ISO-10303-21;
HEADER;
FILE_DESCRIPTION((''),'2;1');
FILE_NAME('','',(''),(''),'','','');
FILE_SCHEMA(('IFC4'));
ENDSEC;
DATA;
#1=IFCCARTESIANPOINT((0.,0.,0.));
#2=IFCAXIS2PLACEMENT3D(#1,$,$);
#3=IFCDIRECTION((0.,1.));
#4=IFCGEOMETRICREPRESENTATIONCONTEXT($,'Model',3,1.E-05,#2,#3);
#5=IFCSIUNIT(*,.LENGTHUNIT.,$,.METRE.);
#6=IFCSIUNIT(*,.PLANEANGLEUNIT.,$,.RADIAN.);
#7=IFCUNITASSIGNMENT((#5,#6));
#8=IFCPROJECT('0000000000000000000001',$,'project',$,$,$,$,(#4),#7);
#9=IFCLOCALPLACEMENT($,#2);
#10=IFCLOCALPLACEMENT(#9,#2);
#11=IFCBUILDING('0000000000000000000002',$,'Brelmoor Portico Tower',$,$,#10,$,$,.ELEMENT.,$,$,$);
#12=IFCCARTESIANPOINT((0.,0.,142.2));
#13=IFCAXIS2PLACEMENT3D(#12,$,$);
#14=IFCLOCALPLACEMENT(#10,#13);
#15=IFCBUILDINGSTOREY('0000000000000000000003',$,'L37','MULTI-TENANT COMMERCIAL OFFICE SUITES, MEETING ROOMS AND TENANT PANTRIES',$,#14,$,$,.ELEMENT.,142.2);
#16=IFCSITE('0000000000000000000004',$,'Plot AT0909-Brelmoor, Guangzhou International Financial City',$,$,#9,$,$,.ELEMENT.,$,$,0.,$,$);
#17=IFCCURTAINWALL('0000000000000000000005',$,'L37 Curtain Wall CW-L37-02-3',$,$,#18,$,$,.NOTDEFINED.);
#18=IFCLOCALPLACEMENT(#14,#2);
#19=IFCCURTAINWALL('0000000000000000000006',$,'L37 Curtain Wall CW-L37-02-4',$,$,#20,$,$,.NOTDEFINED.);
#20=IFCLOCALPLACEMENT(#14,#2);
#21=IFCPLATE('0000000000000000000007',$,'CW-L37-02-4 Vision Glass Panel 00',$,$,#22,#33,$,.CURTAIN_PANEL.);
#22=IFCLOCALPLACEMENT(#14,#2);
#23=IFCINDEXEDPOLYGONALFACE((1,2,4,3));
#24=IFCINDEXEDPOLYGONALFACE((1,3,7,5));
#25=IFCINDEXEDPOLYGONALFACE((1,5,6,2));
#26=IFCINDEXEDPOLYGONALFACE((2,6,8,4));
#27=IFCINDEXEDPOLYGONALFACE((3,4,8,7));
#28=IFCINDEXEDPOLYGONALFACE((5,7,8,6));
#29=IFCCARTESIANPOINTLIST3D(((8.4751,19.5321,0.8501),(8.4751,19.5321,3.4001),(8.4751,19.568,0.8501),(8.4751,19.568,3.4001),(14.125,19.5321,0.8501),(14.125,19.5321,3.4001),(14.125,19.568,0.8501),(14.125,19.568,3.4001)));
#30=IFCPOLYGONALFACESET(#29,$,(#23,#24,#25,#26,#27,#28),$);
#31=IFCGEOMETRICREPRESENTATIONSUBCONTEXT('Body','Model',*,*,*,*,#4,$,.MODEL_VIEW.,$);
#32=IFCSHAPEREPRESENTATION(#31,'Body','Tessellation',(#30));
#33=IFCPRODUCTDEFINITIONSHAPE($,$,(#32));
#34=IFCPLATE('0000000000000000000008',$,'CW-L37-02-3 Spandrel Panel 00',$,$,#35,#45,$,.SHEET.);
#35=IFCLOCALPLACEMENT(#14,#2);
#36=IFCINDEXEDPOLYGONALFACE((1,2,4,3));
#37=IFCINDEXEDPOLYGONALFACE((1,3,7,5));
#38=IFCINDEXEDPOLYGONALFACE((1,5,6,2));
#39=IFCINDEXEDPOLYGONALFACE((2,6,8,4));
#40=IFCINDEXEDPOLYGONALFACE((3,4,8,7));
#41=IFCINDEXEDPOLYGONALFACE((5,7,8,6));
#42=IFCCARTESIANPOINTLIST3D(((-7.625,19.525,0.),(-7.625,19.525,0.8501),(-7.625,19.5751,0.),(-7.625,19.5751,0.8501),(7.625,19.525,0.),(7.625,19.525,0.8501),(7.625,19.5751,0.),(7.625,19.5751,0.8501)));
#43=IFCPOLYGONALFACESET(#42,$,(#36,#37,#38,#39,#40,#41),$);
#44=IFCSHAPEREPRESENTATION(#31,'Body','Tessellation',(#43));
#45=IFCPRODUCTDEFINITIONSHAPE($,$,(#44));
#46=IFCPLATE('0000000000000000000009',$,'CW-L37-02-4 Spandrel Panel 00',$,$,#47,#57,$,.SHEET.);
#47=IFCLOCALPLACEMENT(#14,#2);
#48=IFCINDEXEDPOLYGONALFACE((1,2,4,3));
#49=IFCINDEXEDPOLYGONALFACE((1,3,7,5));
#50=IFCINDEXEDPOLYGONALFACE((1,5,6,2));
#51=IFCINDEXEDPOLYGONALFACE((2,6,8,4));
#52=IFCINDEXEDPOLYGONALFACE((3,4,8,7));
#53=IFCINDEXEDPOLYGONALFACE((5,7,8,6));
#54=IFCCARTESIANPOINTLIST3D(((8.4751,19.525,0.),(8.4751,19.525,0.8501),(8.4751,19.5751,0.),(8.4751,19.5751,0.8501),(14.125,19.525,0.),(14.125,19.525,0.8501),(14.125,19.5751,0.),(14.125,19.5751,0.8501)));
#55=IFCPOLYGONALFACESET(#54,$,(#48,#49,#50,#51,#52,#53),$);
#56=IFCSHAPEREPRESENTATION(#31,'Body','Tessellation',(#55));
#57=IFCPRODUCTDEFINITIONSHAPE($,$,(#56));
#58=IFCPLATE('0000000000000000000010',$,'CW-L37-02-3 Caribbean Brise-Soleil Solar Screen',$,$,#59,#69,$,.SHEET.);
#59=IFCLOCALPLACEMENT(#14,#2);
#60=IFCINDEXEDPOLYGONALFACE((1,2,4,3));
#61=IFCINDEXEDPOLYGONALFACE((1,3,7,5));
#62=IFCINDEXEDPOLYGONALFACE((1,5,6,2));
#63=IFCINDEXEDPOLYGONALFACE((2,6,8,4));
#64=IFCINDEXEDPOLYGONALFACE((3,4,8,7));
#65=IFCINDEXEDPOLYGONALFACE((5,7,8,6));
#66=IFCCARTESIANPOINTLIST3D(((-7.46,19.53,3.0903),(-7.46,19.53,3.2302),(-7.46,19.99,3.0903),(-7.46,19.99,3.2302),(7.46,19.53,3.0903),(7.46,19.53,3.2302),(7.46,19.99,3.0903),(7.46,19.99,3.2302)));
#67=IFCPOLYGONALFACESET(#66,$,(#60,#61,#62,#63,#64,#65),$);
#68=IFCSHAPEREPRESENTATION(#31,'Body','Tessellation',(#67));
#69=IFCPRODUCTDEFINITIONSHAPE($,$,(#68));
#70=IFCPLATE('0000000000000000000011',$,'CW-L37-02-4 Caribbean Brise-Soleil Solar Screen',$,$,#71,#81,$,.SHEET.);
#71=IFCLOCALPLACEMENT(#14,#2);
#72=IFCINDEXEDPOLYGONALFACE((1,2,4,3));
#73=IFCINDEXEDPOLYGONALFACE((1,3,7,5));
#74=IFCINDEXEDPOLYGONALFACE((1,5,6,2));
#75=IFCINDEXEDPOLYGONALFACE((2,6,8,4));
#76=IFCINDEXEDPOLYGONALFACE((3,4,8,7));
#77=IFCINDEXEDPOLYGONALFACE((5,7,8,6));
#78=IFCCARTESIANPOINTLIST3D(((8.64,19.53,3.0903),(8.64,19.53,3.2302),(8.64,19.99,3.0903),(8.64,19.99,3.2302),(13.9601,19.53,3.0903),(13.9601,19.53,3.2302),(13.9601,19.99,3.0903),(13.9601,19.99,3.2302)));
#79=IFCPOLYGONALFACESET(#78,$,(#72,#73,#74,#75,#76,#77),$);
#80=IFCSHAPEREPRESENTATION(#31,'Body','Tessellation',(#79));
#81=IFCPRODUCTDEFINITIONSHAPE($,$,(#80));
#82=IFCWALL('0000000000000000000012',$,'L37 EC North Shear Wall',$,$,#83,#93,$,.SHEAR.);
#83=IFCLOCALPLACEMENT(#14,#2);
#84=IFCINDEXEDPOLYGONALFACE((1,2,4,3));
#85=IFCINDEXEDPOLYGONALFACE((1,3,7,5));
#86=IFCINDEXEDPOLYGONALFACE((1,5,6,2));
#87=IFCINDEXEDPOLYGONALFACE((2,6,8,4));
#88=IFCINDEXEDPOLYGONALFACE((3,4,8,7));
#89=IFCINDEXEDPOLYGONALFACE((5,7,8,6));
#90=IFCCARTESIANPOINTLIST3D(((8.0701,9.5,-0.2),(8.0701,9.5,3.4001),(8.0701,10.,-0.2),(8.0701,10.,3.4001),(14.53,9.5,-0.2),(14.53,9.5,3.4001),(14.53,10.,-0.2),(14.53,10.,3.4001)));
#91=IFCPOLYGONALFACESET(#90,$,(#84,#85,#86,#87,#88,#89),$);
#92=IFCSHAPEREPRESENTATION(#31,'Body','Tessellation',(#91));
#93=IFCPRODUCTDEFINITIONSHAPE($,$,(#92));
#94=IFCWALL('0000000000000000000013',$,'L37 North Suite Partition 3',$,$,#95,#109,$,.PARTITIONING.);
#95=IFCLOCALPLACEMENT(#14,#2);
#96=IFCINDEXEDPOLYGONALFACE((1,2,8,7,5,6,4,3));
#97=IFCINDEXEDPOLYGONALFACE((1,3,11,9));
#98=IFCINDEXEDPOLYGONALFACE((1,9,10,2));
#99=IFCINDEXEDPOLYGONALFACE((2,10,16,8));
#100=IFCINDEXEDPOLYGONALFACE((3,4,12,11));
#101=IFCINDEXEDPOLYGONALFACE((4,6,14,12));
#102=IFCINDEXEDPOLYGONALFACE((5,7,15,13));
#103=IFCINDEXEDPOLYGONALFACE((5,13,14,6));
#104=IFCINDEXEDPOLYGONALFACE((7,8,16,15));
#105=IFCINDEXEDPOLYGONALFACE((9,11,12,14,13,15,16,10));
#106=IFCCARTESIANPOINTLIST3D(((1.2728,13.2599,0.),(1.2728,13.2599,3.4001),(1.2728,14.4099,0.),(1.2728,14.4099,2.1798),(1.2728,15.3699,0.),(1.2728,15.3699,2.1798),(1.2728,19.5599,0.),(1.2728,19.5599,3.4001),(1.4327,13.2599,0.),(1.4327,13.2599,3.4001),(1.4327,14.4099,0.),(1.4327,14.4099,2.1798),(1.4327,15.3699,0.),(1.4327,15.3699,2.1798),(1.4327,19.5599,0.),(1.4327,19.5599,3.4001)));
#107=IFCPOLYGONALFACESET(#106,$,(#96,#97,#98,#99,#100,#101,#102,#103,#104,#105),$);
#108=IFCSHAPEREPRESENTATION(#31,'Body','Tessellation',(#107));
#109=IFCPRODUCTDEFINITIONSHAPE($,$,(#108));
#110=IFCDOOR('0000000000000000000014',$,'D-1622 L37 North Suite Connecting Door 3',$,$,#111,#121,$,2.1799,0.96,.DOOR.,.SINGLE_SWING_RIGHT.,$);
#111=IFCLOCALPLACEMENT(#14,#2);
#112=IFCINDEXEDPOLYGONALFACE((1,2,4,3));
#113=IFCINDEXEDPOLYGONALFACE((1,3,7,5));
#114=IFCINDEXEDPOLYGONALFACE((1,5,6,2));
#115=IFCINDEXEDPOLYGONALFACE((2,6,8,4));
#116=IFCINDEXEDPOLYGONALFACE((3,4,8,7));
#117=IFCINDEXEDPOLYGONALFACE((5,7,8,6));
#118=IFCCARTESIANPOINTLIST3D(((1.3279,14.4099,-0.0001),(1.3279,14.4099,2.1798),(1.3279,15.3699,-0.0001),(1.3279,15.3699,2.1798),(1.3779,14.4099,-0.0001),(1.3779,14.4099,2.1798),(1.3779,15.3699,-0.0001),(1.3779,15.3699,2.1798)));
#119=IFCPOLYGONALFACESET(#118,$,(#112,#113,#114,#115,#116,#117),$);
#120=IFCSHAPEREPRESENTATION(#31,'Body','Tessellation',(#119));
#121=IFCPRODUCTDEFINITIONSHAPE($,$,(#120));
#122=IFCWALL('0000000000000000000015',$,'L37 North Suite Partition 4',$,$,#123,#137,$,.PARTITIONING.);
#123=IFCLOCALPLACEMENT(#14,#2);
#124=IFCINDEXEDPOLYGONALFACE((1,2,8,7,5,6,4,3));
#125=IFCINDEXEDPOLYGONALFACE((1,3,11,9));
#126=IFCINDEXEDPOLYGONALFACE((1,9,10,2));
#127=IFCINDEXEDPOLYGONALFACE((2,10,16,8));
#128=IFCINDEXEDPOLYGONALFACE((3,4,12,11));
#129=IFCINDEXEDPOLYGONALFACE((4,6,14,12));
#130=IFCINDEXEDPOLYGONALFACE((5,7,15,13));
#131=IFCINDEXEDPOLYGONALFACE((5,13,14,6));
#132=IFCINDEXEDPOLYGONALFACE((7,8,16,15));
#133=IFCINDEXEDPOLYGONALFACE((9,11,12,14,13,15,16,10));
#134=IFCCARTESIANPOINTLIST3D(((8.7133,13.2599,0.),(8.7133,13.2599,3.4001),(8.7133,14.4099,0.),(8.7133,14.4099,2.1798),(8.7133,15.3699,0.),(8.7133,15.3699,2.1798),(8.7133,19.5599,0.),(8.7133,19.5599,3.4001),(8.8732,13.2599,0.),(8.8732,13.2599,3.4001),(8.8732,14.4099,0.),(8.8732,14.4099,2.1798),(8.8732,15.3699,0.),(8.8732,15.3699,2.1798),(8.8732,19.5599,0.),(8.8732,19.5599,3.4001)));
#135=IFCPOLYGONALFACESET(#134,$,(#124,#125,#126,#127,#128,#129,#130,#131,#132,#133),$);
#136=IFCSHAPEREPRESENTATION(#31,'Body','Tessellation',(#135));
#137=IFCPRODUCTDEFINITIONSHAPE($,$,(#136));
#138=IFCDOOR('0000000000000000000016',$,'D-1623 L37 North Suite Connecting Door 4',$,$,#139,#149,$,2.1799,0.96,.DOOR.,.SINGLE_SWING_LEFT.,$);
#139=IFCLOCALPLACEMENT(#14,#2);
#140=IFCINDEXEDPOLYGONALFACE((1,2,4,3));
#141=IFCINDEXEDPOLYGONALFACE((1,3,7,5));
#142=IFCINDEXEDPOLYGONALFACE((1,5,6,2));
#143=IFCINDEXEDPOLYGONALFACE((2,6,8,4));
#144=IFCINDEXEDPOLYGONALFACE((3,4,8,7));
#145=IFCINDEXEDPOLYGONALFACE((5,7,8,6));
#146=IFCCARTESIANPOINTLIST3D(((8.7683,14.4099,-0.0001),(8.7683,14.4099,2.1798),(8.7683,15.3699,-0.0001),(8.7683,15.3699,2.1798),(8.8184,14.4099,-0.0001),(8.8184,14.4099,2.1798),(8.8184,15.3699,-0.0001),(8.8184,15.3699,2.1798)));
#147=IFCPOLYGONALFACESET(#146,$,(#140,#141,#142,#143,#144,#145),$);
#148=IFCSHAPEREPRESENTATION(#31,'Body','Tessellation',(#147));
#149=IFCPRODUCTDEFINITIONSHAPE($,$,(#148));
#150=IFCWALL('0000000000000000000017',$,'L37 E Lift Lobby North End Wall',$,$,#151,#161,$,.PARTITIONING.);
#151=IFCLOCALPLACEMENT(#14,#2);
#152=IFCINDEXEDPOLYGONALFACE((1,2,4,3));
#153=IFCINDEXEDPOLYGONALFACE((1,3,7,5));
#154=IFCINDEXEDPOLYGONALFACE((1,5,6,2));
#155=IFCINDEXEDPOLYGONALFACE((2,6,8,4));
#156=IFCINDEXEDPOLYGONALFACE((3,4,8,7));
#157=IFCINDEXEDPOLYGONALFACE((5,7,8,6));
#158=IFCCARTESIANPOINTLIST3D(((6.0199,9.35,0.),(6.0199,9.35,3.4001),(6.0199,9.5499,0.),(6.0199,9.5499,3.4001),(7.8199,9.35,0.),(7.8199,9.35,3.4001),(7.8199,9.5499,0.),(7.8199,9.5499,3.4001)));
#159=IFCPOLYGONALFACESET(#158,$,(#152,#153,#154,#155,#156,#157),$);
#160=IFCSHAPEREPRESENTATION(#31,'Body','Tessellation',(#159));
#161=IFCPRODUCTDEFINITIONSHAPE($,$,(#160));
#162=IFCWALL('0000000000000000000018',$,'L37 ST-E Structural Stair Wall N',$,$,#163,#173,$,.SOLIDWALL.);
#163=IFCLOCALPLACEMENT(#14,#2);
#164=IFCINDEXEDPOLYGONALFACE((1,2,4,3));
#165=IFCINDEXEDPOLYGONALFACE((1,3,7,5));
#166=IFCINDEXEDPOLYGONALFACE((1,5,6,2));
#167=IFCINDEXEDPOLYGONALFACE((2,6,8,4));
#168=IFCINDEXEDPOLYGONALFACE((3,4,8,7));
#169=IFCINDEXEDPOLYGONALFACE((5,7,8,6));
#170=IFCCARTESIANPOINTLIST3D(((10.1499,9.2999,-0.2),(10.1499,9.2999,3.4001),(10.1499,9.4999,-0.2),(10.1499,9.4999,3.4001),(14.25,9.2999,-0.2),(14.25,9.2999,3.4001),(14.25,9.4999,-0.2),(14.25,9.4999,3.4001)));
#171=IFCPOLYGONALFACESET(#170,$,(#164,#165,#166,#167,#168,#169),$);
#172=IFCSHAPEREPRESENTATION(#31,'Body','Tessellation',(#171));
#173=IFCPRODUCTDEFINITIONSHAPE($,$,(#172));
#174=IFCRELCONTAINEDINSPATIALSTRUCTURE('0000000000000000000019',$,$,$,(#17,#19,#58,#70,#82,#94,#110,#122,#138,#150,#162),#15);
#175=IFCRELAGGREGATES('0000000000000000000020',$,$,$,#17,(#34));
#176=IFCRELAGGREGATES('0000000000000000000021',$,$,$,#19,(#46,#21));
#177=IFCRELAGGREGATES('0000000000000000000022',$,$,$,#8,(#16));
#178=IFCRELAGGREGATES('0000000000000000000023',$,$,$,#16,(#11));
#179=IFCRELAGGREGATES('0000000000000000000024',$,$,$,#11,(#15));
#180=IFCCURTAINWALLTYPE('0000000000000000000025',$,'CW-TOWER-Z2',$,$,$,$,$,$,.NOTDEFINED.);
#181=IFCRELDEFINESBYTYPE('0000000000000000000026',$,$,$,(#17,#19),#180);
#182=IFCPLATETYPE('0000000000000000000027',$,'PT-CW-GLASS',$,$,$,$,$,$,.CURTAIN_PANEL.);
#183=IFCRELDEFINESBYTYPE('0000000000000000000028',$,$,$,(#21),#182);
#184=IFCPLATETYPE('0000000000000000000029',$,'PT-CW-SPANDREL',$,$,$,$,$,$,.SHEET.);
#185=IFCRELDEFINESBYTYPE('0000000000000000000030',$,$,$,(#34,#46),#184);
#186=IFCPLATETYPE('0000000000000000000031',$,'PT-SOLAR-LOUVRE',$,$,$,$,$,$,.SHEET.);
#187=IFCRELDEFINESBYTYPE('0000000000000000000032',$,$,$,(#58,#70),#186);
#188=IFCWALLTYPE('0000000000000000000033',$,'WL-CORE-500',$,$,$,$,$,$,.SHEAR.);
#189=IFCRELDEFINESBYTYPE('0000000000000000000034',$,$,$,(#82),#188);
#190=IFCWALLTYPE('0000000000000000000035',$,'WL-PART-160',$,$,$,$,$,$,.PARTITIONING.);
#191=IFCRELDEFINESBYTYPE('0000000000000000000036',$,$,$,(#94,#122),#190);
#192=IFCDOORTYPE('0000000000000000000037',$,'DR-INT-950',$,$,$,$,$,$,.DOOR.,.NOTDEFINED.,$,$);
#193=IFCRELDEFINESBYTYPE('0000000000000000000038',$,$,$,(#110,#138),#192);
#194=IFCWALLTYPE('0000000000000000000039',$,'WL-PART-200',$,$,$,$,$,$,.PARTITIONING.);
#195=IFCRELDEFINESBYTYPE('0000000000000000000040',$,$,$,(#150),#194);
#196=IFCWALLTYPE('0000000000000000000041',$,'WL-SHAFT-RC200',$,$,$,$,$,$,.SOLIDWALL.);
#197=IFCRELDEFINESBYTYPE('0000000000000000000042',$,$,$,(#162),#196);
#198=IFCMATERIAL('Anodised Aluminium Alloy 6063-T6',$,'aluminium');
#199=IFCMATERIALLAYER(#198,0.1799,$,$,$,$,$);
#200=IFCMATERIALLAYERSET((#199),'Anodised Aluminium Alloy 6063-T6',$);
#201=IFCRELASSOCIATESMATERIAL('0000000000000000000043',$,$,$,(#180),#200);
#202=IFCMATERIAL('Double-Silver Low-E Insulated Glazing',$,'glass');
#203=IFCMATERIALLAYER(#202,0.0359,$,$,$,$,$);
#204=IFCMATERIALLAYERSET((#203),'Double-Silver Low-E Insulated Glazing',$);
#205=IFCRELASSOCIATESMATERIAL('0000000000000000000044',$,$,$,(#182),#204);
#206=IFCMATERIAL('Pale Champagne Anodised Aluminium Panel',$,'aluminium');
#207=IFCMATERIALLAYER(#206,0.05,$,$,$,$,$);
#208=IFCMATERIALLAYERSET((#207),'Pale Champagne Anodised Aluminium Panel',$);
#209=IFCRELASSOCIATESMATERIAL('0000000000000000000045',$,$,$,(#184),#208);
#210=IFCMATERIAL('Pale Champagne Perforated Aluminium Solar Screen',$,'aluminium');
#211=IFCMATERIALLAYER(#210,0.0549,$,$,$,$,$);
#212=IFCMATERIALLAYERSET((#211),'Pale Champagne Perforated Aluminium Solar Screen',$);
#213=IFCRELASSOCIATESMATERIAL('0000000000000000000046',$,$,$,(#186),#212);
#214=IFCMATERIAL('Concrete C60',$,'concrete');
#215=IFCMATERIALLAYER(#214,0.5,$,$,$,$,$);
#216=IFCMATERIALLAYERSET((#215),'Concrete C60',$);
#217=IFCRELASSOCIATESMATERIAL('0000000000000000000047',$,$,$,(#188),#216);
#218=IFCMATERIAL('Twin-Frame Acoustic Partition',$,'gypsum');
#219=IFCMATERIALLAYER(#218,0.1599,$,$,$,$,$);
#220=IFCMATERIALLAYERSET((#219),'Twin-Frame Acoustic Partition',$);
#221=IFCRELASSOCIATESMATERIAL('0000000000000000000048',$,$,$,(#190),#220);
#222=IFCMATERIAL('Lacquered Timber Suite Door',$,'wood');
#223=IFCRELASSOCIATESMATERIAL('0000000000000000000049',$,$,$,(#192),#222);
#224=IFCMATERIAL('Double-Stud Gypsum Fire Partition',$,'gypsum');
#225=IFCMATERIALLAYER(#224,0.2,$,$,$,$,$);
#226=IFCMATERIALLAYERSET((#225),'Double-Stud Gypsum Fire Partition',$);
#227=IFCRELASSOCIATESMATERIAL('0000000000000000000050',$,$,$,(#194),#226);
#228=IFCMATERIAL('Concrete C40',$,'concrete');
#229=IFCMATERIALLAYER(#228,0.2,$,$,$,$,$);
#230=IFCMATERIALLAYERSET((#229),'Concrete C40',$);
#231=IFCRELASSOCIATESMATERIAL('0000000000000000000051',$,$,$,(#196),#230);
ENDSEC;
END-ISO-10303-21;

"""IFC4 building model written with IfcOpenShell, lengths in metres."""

from ifc_helpers import new_model, si_unit, direction, frame, frame_2d, origin, origin_2d, place, context, subcontext, project, spatial, rectangle, extrude, material, layer, layer_set, type_object, element, fill, aggregate, save


model = new_model("IFC4")

# Units and contexts
model_context = context("Model", 3, precision=1e-05, world=origin(), true_north=direction((0.0, 1.0)))
body_context = subcontext(model_context, "Body", "Model", "MODEL_VIEW")
ifc_project = project(units=[si_unit("LENGTHUNIT", "METRE"), si_unit("PLANEANGLEUNIT", "RADIAN")], contexts=[model_context])

# Site, building, storey
site_placement = place(None, origin())
site = spatial("IfcSite", under=ifc_project, at=site_placement, Name="Plot AT0909-Brelmoor, Guangzhou International Financial City", CompositionType="ELEMENT", RefElevation=0.0)
building_placement = place(site_placement, origin())
building = spatial("IfcBuilding", under=site, at=building_placement, Name="Brelmoor Portico Tower", CompositionType="ELEMENT")
storey_placement = place(building_placement, frame((0.0, 0.0, 142.2)))
storey = spatial("IfcBuildingStorey", under=building, at=storey_placement, Name="L37", Description="MULTI-TENANT COMMERCIAL OFFICE SUITES, MEETING ROOMS AND TENANT PANTRIES", CompositionType="ELEMENT", Elevation=142.2)

# Curtain wall
ifc_material_1 = material(Name="Anodised Aluminium Alloy 6063-T6", Category="aluminium")
ifc_layer_1 = layer(ifc_material_1, 0.1799)
ifc_layer_set_1 = layer_set([ifc_layer_1], Name="Anodised Aluminium Alloy 6063-T6")
curtain_wall_type = type_object("IfcCurtainWallType", Name="CW-TOWER-Z2", PredefinedType="NOTDEFINED", material=ifc_layer_set_1)
curtain_wall_1_placement = place(storey_placement, origin())
curtain_wall_1 = element("IfcCurtainWall", 1, at=curtain_wall_1_placement, inside=storey, type_object=curtain_wall_type, Name="L37 Curtain Wall CW-L37-02-3", PredefinedType="NOTDEFINED")

# Curtain wall
curtain_wall_2_placement = place(storey_placement, origin())
curtain_wall_2 = element("IfcCurtainWall", 2, at=curtain_wall_2_placement, inside=storey, type_object=curtain_wall_type, Name="L37 Curtain Wall CW-L37-02-4", PredefinedType="NOTDEFINED")

# Plates
ifc_material_2 = material(Name="Double-Silver Low-E Insulated Glazing", Category="glass")
ifc_layer_2 = layer(ifc_material_2, 0.0359)
ifc_layer_set_2 = layer_set([ifc_layer_2], Name="Double-Silver Low-E Insulated Glazing")
plate_type_1 = type_object("IfcPlateType", Name="PT-CW-GLASS", PredefinedType="CURTAIN_PANEL", material=ifc_layer_set_2)
plate_1_placement = place(storey_placement, frame((11.3, 19.55, 0.8501), z_axis=(0.0, 0.0, 1.0), x_axis=(1.0, 0.0, 0.0)))
plate_1 = element("IfcPlate", 3, at=plate_1_placement, type_object=plate_type_1, Name="CW-L37-02-4 Vision Glass Panel 00", PredefinedType="CURTAIN_PANEL", context=body_context, shape_type="SweptSolid", body=[
    extrude(rectangle(XDim=5.6499, YDim=0.0359, at=origin_2d()), origin(), (0.0, 0.0, 1.0), 2.55),
])
ifc_material_3 = material(Name="Pale Champagne Anodised Aluminium Panel", Category="aluminium")
ifc_layer_3 = layer(ifc_material_3, 0.05)
ifc_layer_set_3 = layer_set([ifc_layer_3], Name="Pale Champagne Anodised Aluminium Panel")
plate_type_2 = type_object("IfcPlateType", Name="PT-CW-SPANDREL", PredefinedType="SHEET", material=ifc_layer_set_3)
plate_2_placement = place(storey_placement, frame((0.0, 19.55, 0.0), z_axis=(0.0, 0.0, 1.0), x_axis=(1.0, 0.0, 0.0)))
plate_2 = element("IfcPlate", 4, at=plate_2_placement, type_object=plate_type_2, Name="CW-L37-02-3 Spandrel Panel 00", PredefinedType="SHEET", context=body_context, shape_type="SweptSolid", body=[
    extrude(rectangle(XDim=15.25, YDim=0.05, at=origin_2d()), origin(), (0.0, 0.0, 1.0), 0.8501),
])
aggregate(curtain_wall_1, [plate_2])
plate_3_placement = place(storey_placement, frame((11.3, 19.55, 0.0), z_axis=(0.0, 0.0, 1.0), x_axis=(1.0, 0.0, 0.0)))
plate_3 = element("IfcPlate", 5, at=plate_3_placement, type_object=plate_type_2, Name="CW-L37-02-4 Spandrel Panel 00", PredefinedType="SHEET", context=body_context, shape_type="SweptSolid", body=[
    extrude(rectangle(XDim=5.6499, YDim=0.05, at=origin_2d()), origin(), (0.0, 0.0, 1.0), 0.8501),
])
aggregate(curtain_wall_2, [plate_3, plate_1])

# Plates
ifc_material_4 = material(Name="Pale Champagne Perforated Aluminium Solar Screen", Category="aluminium")
ifc_layer_4 = layer(ifc_material_4, 0.0549)
ifc_layer_set_4 = layer_set([ifc_layer_4], Name="Pale Champagne Perforated Aluminium Solar Screen")
plate_type_3 = type_object("IfcPlateType", Name="PT-SOLAR-LOUVRE", PredefinedType="SHEET", material=ifc_layer_set_4)
plate_4_placement = place(storey_placement, frame((0.0, 19.76, 3.0903), z_axis=(0.0, 0.0, 1.0), x_axis=(1.0, 0.0, 0.0)))
element("IfcPlate", 6, at=plate_4_placement, inside=storey, type_object=plate_type_3, Name="CW-L37-02-3 Caribbean Brise-Soleil Solar Screen", PredefinedType="SHEET", context=body_context, shape_type="SweptSolid", body=[
    extrude(rectangle(XDim=14.9199, YDim=0.46, at=origin_2d()), origin(), (0.0, 0.0, 1.0), 0.1399),
])
plate_5_placement = place(storey_placement, frame((11.3, 19.76, 3.0903), z_axis=(0.0, 0.0, 1.0), x_axis=(1.0, 0.0, 0.0)))
element("IfcPlate", 7, at=plate_5_placement, inside=storey, type_object=plate_type_3, Name="CW-L37-02-4 Caribbean Brise-Soleil Solar Screen", PredefinedType="SHEET", context=body_context, shape_type="SweptSolid", body=[
    extrude(rectangle(XDim=5.3201, YDim=0.46, at=origin_2d()), origin(), (0.0, 0.0, 1.0), 0.1399),
])

# Wall
ifc_material_5 = material(Name="Concrete C60", Category="concrete")
ifc_layer_5 = layer(ifc_material_5, 0.5)
ifc_layer_set_5 = layer_set([ifc_layer_5], Name="Concrete C60")
wall_type_1 = type_object("IfcWallType", Name="WL-CORE-500", PredefinedType="SHEAR", material=ifc_layer_set_5)
wall_1_placement = place(storey_placement, frame((8.0701, 9.75, -0.2), z_axis=(0.0, 0.0, 1.0), x_axis=(1.0, 0.0, 0.0)))
element("IfcWall", 8, at=wall_1_placement, inside=storey, type_object=wall_type_1, Name="L37 EC North Shear Wall", PredefinedType="SHEAR", context=body_context, shape_type="SweptSolid", body=[
    extrude(rectangle(XDim=6.46, YDim=0.5, at=frame_2d((3.23, 0.0))), origin(), (0.0, 0.0, 1.0), 3.6001),
])

# Walls, openings, doors
ifc_material_6 = material(Name="Twin-Frame Acoustic Partition", Category="gypsum")
ifc_layer_6 = layer(ifc_material_6, 0.1599)
ifc_layer_set_6 = layer_set([ifc_layer_6], Name="Twin-Frame Acoustic Partition")
wall_type_2 = type_object("IfcWallType", Name="WL-PART-160", PredefinedType="PARTITIONING", material=ifc_layer_set_6)
wall_2_placement = place(storey_placement, frame((1.3528, 13.26, 0.0), z_axis=(0.0, 0.0, 1.0), x_axis=(0.0, 1.0, 0.0)))
wall_2 = element("IfcWall", 9, at=wall_2_placement, inside=storey, type_object=wall_type_2, Name="L37 North Suite Partition 3", PredefinedType="PARTITIONING", context=body_context, shape_type="SweptSolid", body=[
    extrude(rectangle(XDim=6.3, YDim=0.1599, at=frame_2d((3.1499, 0.0))), origin(), (0.0, 0.0, 1.0), 3.4001),
])
opening_1_placement = place(wall_2_placement, frame((1.1499, 0.0, 0.0)))
opening_1 = element("IfcOpeningElement", 10, at=opening_1_placement, cuts=wall_2, PredefinedType="OPENING", context=body_context, shape_type="SweptSolid", body=[
    extrude(rectangle(XDim=0.96, YDim=2.1799, at=frame_2d((0.48, 1.0898))), frame((0.0, 0.0898, 0.0), z_axis=(0.0, -1.0, 0.0), x_axis=(1.0, 0.0, 0.0)), (0.0, 0.0, 1.0), 0.1799),
])
ifc_material_7 = material(Name="Lacquered Timber Suite Door", Category="wood")
door_type = type_object("IfcDoorType", Name="DR-INT-950", OperationType="NOTDEFINED", PredefinedType="DOOR", material=ifc_material_7)
door_1_placement = place(opening_1_placement, origin())
door_1 = element("IfcDoor", 11, at=door_1_placement, inside=storey, type_object=door_type, Name="D-1622 L37 North Suite Connecting Door 3", OperationType="SINGLE_SWING_RIGHT", OverallHeight=2.1799, OverallWidth=0.96, PredefinedType="DOOR", context=body_context, shape_type="SweptSolid", body=[
    extrude(rectangle(XDim=0.96, YDim=2.1799, at=frame_2d((0.48, 1.0898))), frame((0.0, 0.0249, 0.0), z_axis=(0.0, -1.0, 0.0), x_axis=(1.0, 0.0, 0.0)), (0.0, 0.0, 1.0), 0.05),
])
fill(opening_1, door_1)
wall_3_placement = place(storey_placement, frame((8.7932, 13.26, 0.0), z_axis=(0.0, 0.0, 1.0), x_axis=(0.0, 1.0, 0.0)))
wall_3 = element("IfcWall", 12, at=wall_3_placement, inside=storey, type_object=wall_type_2, Name="L37 North Suite Partition 4", PredefinedType="PARTITIONING", context=body_context, shape_type="SweptSolid", body=[
    extrude(rectangle(XDim=6.3, YDim=0.1599, at=frame_2d((3.1499, 0.0))), origin(), (0.0, 0.0, 1.0), 3.4001),
])
opening_2_placement = place(wall_3_placement, frame((1.1499, 0.0, 0.0)))
opening_2 = element("IfcOpeningElement", 13, at=opening_2_placement, cuts=wall_3, PredefinedType="OPENING", context=body_context, shape_type="SweptSolid", body=[
    extrude(rectangle(XDim=0.96, YDim=2.1799, at=frame_2d((0.48, 1.0898))), frame((0.0, 0.0898, 0.0), z_axis=(0.0, -1.0, 0.0), x_axis=(1.0, 0.0, 0.0)), (0.0, 0.0, 1.0), 0.1799),
])
door_2_placement = place(opening_2_placement, origin())
door_2 = element("IfcDoor", 14, at=door_2_placement, inside=storey, type_object=door_type, Name="D-1623 L37 North Suite Connecting Door 4", OperationType="SINGLE_SWING_LEFT", OverallHeight=2.1799, OverallWidth=0.96, PredefinedType="DOOR", context=body_context, shape_type="SweptSolid", body=[
    extrude(rectangle(XDim=0.96, YDim=2.1799, at=frame_2d((0.48, 1.0898))), frame((0.0, 0.0249, 0.0), z_axis=(0.0, -1.0, 0.0), x_axis=(1.0, 0.0, 0.0)), (0.0, 0.0, 1.0), 0.05),
])
fill(opening_2, door_2)

# Walls
ifc_material_8 = material(Name="Double-Stud Gypsum Fire Partition", Category="gypsum")
ifc_layer_7 = layer(ifc_material_8, 0.2)
ifc_layer_set_7 = layer_set([ifc_layer_7], Name="Double-Stud Gypsum Fire Partition")
wall_type_3 = type_object("IfcWallType", Name="WL-PART-200", PredefinedType="PARTITIONING", material=ifc_layer_set_7)
wall_4_placement = place(storey_placement, frame((6.02, 9.45, 0.0), z_axis=(0.0, 0.0, 1.0), x_axis=(1.0, 0.0, 0.0)))
element("IfcWall", 15, at=wall_4_placement, inside=storey, type_object=wall_type_3, Name="L37 E Lift Lobby North End Wall", PredefinedType="PARTITIONING", context=body_context, shape_type="SweptSolid", body=[
    extrude(rectangle(XDim=1.8, YDim=0.2, at=frame_2d((0.8999, 0.0))), origin(), (0.0, 0.0, 1.0), 3.4001),
])
ifc_material_9 = material(Name="Concrete C40", Category="concrete")
ifc_layer_8 = layer(ifc_material_9, 0.2)
ifc_layer_set_8 = layer_set([ifc_layer_8], Name="Concrete C40")
wall_type_4 = type_object("IfcWallType", Name="WL-SHAFT-RC200", PredefinedType="SOLIDWALL", material=ifc_layer_set_8)
wall_5_placement = place(storey_placement, frame((10.1499, 9.3999, -0.2), z_axis=(0.0, 0.0, 1.0), x_axis=(1.0, 0.0, 0.0)))
element("IfcWall", 16, at=wall_5_placement, inside=storey, type_object=wall_type_4, Name="L37 ST-E Structural Stair Wall N", PredefinedType="SOLIDWALL", context=body_context, shape_type="SweptSolid", body=[
    extrude(rectangle(XDim=4.1001, YDim=0.2, at=frame_2d((2.05, 0.0))), origin(), (0.0, 0.0, 1.0), 3.6001),
])

save(model, "model.ifc")
